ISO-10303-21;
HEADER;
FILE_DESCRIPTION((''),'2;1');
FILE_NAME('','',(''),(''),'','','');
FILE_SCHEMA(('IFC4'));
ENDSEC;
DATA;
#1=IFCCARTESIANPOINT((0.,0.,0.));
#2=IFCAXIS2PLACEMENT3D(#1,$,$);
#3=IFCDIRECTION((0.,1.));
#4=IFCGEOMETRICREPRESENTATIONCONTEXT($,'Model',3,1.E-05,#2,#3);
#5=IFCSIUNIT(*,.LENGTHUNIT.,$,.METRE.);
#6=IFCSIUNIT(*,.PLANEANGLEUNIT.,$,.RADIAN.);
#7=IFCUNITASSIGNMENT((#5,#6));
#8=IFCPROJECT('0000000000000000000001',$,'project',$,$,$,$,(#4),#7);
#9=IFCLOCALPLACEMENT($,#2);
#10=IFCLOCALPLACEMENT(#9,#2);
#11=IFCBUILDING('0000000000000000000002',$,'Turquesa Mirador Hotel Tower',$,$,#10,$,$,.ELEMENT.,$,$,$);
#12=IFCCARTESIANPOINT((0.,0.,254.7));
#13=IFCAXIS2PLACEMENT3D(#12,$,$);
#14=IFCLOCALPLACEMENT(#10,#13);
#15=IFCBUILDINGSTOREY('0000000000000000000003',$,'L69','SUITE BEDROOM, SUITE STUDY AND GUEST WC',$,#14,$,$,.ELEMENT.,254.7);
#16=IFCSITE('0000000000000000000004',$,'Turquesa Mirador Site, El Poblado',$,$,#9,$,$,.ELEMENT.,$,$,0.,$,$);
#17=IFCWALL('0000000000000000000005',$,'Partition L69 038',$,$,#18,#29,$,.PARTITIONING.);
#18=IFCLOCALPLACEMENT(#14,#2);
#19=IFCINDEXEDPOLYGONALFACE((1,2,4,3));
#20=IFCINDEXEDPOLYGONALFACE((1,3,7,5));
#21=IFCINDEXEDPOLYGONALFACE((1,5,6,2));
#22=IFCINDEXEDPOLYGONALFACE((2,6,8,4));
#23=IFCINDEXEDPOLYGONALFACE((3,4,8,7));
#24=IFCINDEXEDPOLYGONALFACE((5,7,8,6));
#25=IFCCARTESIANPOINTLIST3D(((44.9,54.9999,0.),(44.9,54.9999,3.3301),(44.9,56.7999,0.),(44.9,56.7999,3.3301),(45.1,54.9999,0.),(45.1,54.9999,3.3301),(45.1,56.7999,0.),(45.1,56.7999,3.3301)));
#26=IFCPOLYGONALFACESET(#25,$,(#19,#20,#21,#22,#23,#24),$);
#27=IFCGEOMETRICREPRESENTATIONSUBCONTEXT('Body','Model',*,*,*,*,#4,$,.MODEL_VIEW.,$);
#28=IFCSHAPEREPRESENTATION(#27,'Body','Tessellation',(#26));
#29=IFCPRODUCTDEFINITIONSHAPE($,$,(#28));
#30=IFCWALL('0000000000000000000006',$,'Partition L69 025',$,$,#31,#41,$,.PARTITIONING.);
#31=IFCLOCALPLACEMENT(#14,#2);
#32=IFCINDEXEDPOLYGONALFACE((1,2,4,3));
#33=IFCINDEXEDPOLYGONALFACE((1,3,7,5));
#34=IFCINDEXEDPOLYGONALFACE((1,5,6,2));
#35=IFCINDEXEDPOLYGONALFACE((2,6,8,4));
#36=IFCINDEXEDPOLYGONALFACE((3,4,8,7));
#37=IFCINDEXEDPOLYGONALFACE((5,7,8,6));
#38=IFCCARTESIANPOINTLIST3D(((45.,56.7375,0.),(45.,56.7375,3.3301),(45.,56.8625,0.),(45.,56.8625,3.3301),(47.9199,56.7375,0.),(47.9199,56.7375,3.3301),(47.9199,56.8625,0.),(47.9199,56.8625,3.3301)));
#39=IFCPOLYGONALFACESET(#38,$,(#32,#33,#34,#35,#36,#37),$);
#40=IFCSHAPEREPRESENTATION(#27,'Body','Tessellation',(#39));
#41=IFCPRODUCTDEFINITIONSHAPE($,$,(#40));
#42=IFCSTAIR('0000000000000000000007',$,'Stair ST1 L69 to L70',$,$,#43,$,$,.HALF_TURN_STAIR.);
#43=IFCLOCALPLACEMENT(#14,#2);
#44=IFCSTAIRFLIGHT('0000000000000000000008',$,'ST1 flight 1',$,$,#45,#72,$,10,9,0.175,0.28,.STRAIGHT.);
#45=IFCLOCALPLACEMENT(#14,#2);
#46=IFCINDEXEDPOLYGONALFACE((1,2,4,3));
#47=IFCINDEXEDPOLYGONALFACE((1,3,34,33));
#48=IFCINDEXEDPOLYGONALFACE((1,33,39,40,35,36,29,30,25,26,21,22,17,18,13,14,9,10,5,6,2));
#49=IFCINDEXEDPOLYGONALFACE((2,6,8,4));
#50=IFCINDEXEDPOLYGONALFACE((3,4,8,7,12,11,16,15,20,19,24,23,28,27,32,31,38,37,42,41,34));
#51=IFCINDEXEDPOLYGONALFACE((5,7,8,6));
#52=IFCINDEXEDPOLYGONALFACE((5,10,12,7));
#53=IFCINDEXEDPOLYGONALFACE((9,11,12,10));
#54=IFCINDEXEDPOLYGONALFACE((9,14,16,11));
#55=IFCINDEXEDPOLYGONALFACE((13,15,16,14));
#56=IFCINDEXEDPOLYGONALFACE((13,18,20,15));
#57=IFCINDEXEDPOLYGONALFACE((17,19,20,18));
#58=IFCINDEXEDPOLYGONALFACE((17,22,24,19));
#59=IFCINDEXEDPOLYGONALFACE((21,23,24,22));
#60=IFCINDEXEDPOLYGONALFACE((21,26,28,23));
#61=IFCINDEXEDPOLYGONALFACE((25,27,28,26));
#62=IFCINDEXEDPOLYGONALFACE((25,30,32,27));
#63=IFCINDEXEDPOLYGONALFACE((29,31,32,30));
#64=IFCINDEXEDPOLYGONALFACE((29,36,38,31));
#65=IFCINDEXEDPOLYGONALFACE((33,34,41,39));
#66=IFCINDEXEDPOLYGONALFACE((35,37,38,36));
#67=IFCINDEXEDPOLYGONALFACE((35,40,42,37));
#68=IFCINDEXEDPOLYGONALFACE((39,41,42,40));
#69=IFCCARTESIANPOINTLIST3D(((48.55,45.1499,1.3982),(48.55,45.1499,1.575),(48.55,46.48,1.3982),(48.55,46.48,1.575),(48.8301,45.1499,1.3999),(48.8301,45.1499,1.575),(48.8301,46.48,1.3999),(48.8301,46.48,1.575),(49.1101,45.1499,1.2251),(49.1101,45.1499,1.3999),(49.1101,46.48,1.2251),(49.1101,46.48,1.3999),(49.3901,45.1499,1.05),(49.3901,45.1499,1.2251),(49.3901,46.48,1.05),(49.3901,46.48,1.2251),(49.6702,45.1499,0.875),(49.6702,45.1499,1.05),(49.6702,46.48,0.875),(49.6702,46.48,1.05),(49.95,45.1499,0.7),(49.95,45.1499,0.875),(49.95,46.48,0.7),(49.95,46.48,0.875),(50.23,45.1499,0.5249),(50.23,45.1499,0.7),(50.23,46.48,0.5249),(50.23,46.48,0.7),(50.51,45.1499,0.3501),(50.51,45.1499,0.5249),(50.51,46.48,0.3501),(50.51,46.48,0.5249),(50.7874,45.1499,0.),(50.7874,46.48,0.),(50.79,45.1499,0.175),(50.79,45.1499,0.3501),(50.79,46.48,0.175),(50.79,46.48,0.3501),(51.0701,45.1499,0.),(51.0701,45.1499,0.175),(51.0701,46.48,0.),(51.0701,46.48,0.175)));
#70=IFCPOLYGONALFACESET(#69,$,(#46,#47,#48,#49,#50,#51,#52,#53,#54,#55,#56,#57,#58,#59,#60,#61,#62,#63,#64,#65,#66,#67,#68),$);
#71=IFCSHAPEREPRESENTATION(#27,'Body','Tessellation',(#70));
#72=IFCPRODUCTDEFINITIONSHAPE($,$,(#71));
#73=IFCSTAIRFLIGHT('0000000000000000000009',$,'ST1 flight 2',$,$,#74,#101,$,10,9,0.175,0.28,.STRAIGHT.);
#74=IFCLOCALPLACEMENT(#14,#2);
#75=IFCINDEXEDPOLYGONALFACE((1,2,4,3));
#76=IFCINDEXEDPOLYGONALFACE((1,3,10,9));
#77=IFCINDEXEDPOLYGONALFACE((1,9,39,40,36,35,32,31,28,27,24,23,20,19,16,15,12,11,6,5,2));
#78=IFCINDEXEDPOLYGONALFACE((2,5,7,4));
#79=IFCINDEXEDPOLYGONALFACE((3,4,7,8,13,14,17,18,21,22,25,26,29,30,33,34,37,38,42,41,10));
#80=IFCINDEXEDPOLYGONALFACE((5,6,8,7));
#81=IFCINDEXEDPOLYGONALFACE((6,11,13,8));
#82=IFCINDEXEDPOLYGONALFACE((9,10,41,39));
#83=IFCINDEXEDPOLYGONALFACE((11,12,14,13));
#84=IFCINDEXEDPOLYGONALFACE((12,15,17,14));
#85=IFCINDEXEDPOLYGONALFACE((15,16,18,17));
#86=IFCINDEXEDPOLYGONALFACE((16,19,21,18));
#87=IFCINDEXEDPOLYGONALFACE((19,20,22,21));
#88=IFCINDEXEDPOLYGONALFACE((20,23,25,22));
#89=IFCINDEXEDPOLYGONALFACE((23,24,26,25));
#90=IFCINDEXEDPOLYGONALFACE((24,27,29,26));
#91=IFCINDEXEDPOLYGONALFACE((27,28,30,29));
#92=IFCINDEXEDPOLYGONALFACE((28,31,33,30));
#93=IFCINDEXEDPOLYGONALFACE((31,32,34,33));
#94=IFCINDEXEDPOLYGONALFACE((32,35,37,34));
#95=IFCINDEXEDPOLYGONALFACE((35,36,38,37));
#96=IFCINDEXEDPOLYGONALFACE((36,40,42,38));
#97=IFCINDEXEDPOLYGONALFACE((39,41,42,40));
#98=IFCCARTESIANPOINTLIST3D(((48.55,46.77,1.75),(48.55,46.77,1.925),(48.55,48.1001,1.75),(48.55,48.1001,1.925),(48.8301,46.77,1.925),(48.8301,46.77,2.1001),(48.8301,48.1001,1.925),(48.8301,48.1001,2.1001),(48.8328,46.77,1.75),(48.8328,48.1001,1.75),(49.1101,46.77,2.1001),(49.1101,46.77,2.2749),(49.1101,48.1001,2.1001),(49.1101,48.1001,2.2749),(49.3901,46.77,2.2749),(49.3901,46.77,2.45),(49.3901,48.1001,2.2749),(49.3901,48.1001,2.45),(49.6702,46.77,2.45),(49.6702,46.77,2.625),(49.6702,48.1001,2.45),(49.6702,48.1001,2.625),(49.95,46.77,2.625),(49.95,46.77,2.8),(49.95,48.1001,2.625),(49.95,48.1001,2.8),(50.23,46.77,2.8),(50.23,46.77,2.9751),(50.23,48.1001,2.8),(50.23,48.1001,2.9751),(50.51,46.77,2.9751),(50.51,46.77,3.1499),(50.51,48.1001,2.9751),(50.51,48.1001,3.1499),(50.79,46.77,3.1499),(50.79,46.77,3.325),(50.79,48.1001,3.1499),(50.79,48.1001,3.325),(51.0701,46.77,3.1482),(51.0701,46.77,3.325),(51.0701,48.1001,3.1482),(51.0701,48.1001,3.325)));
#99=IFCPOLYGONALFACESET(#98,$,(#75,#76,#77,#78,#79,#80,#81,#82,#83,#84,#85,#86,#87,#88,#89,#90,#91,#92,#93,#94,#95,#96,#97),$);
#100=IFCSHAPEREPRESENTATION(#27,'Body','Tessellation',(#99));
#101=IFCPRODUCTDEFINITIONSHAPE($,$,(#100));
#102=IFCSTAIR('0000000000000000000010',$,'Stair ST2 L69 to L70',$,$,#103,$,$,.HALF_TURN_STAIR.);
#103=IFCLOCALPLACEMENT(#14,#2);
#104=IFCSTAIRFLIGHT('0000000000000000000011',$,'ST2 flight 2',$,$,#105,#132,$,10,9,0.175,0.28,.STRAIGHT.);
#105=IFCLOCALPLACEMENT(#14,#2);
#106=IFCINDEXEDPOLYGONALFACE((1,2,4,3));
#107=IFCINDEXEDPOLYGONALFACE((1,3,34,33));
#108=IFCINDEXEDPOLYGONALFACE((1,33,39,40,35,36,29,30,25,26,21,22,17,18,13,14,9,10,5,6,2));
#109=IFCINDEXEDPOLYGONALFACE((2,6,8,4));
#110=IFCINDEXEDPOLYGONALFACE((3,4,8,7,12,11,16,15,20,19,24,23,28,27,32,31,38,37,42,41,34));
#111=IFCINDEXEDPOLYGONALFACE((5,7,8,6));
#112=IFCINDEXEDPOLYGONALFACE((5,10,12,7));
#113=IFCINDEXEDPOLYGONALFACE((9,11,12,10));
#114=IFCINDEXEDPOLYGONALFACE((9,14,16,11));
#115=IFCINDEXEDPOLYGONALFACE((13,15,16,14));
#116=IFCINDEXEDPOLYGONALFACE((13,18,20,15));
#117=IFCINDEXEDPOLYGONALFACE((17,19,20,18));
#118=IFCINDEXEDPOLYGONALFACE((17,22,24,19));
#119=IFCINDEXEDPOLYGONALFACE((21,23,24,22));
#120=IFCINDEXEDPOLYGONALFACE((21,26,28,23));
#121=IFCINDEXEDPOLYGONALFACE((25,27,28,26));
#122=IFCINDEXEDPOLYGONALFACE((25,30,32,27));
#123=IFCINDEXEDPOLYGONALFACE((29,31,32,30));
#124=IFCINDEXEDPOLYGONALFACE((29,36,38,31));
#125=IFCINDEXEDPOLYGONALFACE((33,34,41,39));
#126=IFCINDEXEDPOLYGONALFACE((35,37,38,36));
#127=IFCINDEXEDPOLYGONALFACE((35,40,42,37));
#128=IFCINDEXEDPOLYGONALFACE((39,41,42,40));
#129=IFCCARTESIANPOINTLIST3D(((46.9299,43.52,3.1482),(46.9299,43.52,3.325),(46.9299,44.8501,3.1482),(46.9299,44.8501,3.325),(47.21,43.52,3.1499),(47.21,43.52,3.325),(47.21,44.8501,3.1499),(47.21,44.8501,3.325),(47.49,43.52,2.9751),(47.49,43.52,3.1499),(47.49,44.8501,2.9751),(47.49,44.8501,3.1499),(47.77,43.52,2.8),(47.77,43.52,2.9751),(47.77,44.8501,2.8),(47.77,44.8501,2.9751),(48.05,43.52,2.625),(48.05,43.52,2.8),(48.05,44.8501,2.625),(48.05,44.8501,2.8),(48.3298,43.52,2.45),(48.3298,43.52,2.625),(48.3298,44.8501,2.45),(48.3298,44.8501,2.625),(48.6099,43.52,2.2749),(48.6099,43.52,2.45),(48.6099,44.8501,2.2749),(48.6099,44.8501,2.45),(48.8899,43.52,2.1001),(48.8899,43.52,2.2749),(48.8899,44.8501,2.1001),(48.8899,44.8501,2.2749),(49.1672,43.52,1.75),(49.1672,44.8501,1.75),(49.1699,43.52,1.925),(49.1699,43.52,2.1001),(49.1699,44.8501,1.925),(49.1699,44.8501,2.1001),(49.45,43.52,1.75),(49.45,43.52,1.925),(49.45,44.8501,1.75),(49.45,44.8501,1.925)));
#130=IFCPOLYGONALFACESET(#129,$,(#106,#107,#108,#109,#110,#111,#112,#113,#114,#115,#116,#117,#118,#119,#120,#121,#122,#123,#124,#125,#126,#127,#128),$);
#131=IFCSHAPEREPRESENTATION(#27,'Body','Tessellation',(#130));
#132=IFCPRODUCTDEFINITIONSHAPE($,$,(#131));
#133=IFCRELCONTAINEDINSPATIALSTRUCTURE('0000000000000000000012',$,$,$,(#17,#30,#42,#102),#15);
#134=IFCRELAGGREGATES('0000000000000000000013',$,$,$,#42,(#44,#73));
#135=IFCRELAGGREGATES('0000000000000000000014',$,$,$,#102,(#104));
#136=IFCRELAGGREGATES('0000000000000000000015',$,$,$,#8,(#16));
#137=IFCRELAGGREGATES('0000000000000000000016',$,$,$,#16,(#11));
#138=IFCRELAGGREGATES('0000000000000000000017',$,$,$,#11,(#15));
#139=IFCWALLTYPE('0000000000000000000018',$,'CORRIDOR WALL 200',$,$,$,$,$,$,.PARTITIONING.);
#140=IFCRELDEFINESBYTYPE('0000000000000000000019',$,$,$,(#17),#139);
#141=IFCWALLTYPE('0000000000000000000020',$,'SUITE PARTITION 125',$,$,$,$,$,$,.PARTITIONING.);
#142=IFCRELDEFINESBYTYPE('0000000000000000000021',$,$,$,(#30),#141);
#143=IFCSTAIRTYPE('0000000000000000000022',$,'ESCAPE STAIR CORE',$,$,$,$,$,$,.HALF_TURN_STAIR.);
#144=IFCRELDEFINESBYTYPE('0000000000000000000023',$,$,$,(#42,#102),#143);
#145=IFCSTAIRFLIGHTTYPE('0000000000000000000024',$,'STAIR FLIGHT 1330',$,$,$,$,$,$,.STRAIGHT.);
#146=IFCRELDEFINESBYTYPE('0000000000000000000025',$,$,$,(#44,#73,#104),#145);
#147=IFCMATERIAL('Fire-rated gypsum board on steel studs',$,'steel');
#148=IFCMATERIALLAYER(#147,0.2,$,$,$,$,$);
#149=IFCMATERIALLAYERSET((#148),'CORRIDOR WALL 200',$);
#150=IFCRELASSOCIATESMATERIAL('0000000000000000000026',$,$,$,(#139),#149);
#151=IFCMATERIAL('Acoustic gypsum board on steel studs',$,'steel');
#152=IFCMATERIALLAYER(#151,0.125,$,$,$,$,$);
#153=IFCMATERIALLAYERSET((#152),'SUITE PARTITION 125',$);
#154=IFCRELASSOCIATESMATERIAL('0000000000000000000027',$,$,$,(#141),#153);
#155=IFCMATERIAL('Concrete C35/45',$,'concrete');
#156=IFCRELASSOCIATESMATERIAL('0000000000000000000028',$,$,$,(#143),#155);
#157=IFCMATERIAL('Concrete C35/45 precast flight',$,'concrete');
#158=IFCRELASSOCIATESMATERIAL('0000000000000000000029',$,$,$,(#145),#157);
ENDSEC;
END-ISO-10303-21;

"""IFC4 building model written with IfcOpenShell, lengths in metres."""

from ifc_helpers import new_model, si_unit, direction, frame, frame_2d, origin, place, context, subcontext, project, spatial, polyline, rectangle, outline, extrude, material, layer, layer_set, type_object, element, aggregate, save


model = new_model("IFC4")

# Units and contexts
model_context = context("Model", 3, precision=1e-05, world=origin(), true_north=direction((0.0, 1.0)))
body_context = subcontext(model_context, "Body", "Model", "MODEL_VIEW")
ifc_project = project(units=[si_unit("LENGTHUNIT", "METRE"), si_unit("PLANEANGLEUNIT", "RADIAN")], contexts=[model_context])

# Site, building, storey
site_placement = place(None, origin())
site = spatial("IfcSite", under=ifc_project, at=site_placement, Name="Turquesa Mirador Site, El Poblado", CompositionType="ELEMENT", RefElevation=0.0)
building_placement = place(site_placement, origin())
building = spatial("IfcBuilding", under=site, at=building_placement, Name="Turquesa Mirador Hotel Tower", CompositionType="ELEMENT")
storey_placement = place(building_placement, frame((0.0, 0.0, 254.7)))
storey = spatial("IfcBuildingStorey", under=building, at=storey_placement, Name="L69", Description="SUITE BEDROOM, SUITE STUDY AND GUEST WC", CompositionType="ELEMENT", Elevation=254.7)

# Walls
ifc_material_1 = material(Name="Fire-rated gypsum board on steel studs", Category="steel")
ifc_layer_1 = layer(ifc_material_1, 0.2)
ifc_layer_set_1 = layer_set([ifc_layer_1], Name="CORRIDOR WALL 200")
wall_type_1 = type_object("IfcWallType", Name="CORRIDOR WALL 200", PredefinedType="PARTITIONING", material=ifc_layer_set_1)
wall_1_placement = place(storey_placement, frame((45.0, 55.0, 0.0), z_axis=(0.0, 0.0, 1.0), x_axis=(0.0, 1.0, 0.0)))
element("IfcWall", 1, at=wall_1_placement, inside=storey, type_object=wall_type_1, Name="Partition L69 038", PredefinedType="PARTITIONING", context=body_context, shape_type="SweptSolid", body=[
    extrude(rectangle(XDim=1.8, YDim=0.2, at=frame_2d((0.8999, 0.0))), origin(), (0.0, 0.0, 1.0), 3.3301),
])
ifc_material_2 = material(Name="Acoustic gypsum board on steel studs", Category="steel")
ifc_layer_2 = layer(ifc_material_2, 0.125)
ifc_layer_set_2 = layer_set([ifc_layer_2], Name="SUITE PARTITION 125")
wall_type_2 = type_object("IfcWallType", Name="SUITE PARTITION 125", PredefinedType="PARTITIONING", material=ifc_layer_set_2)
wall_2_placement = place(storey_placement, frame((45.0, 56.8, 0.0), z_axis=(0.0, 0.0, 1.0), x_axis=(1.0, 0.0, 0.0)))
element("IfcWall", 2, at=wall_2_placement, inside=storey, type_object=wall_type_2, Name="Partition L69 025", PredefinedType="PARTITIONING", context=body_context, shape_type="SweptSolid", body=[
    extrude(rectangle(XDim=2.9199, YDim=0.125, at=frame_2d((1.46, 0.0))), origin(), (0.0, 0.0, 1.0), 3.3301),
])

# Stair, stair flights
ifc_material_3 = material(Name="Concrete C35/45", Category="concrete")
stair_type = type_object("IfcStairType", Name="ESCAPE STAIR CORE", PredefinedType="HALF_TURN_STAIR", material=ifc_material_3)
stair_1_placement = place(storey_placement, origin())
stair_1 = element("IfcStair", 3, at=stair_1_placement, inside=storey, type_object=stair_type, Name="Stair ST1 L69 to L70", PredefinedType="HALF_TURN_STAIR")
ifc_material_4 = material(Name="Concrete C35/45 precast flight", Category="concrete")
stair_flight_type = type_object("IfcStairFlightType", Name="STAIR FLIGHT 1330", PredefinedType="STRAIGHT", material=ifc_material_4)
stair_flight_1_placement = place(storey_placement, frame((51.0701, 45.8149, 0.0), z_axis=(0.0, 0.0, 1.0), x_axis=(-1.0, 0.0, 0.0)))
stair_flight_1 = element("IfcStairFlight", 4, at=stair_flight_1_placement, type_object=stair_flight_type, Name="ST1 flight 1", NumberOfRisers=10, NumberOfTreads=9, PredefinedType="STRAIGHT", RiserHeight=0.175, TreadLength=0.28, context=body_context, shape_type="SweptSolid", body=[
    extrude(outline(polyline([(0.0, 0.0), (0.0, 0.175), (0.28, 0.175), (0.28, 0.3501), (0.5601, 0.3501), (0.5601, 0.5249), (0.8401, 0.5249), (0.8401, 0.7), (1.1201, 0.7), (1.1201, 0.875), (1.3999, 0.875), (1.3999, 1.05), (1.6799, 1.05), (1.6799, 1.2251), (1.96, 1.2251), (1.96, 1.3999), (2.24, 1.3999), (2.24, 1.575), (2.52, 1.575), (2.52, 1.75), (2.52, 1.3982), (0.2827, 0.0), (0.0, 0.0)])), frame((0.0, 0.665, 0.0), z_axis=(0.0, -1.0, 0.0), x_axis=(1.0, 0.0, 0.0)), (0.0, 0.0, 1.0), 1.3301),
])
stair_flight_2_placement = place(storey_placement, frame((48.55, 47.4351, 1.75), z_axis=(0.0, 0.0, 1.0), x_axis=(1.0, 0.0, 0.0)))
stair_flight_2 = element("IfcStairFlight", 5, at=stair_flight_2_placement, type_object=stair_flight_type, Name="ST1 flight 2", NumberOfRisers=10, NumberOfTreads=9, PredefinedType="STRAIGHT", RiserHeight=0.175, TreadLength=0.28, context=body_context, shape_type="SweptSolid", body=[
    extrude(outline(polyline([(0.0, 0.0), (0.0, 0.175), (0.28, 0.175), (0.28, 0.3501), (0.5601, 0.3501), (0.5601, 0.5249), (0.8401, 0.5249), (0.8401, 0.7), (1.1201, 0.7), (1.1201, 0.875), (1.3999, 0.875), (1.3999, 1.05), (1.6799, 1.05), (1.6799, 1.2251), (1.96, 1.2251), (1.96, 1.3999), (2.24, 1.3999), (2.24, 1.575), (2.52, 1.575), (2.52, 1.75), (2.52, 1.3982), (0.2827, 0.0), (0.0, 0.0)])), frame((0.0, 0.665, 0.0), z_axis=(0.0, -1.0, 0.0), x_axis=(1.0, 0.0, 0.0)), (0.0, 0.0, 1.0), 1.3301),
])
aggregate(stair_1, [stair_flight_1, stair_flight_2])

# Stair, stair flight
stair_2_placement = place(storey_placement, origin())
stair_2 = element("IfcStair", 6, at=stair_2_placement, inside=storey, type_object=stair_type, Name="Stair ST2 L69 to L70", PredefinedType="HALF_TURN_STAIR")
stair_flight_3_placement = place(storey_placement, frame((49.45, 44.1851, 1.75), z_axis=(0.0, 0.0, 1.0), x_axis=(-1.0, 0.0, 0.0)))
stair_flight_3 = element("IfcStairFlight", 7, at=stair_flight_3_placement, type_object=stair_flight_type, Name="ST2 flight 2", NumberOfRisers=10, NumberOfTreads=9, PredefinedType="STRAIGHT", RiserHeight=0.175, TreadLength=0.28, context=body_context, shape_type="SweptSolid", body=[
    extrude(outline(polyline([(0.0, 0.0), (0.0, 0.175), (0.28, 0.175), (0.28, 0.3501), (0.5601, 0.3501), (0.5601, 0.5249), (0.8401, 0.5249), (0.8401, 0.7), (1.1201, 0.7), (1.1201, 0.875), (1.3999, 0.875), (1.3999, 1.05), (1.6799, 1.05), (1.6799, 1.2251), (1.96, 1.2251), (1.96, 1.3999), (2.24, 1.3999), (2.24, 1.575), (2.52, 1.575), (2.52, 1.75), (2.52, 1.3982), (0.2827, 0.0), (0.0, 0.0)])), frame((0.0, 0.665, 0.0), z_axis=(0.0, -1.0, 0.0), x_axis=(1.0, 0.0, 0.0)), (0.0, 0.0, 1.0), 1.3301),
])
aggregate(stair_2, [stair_flight_3])

save(model, "model.ifc")
